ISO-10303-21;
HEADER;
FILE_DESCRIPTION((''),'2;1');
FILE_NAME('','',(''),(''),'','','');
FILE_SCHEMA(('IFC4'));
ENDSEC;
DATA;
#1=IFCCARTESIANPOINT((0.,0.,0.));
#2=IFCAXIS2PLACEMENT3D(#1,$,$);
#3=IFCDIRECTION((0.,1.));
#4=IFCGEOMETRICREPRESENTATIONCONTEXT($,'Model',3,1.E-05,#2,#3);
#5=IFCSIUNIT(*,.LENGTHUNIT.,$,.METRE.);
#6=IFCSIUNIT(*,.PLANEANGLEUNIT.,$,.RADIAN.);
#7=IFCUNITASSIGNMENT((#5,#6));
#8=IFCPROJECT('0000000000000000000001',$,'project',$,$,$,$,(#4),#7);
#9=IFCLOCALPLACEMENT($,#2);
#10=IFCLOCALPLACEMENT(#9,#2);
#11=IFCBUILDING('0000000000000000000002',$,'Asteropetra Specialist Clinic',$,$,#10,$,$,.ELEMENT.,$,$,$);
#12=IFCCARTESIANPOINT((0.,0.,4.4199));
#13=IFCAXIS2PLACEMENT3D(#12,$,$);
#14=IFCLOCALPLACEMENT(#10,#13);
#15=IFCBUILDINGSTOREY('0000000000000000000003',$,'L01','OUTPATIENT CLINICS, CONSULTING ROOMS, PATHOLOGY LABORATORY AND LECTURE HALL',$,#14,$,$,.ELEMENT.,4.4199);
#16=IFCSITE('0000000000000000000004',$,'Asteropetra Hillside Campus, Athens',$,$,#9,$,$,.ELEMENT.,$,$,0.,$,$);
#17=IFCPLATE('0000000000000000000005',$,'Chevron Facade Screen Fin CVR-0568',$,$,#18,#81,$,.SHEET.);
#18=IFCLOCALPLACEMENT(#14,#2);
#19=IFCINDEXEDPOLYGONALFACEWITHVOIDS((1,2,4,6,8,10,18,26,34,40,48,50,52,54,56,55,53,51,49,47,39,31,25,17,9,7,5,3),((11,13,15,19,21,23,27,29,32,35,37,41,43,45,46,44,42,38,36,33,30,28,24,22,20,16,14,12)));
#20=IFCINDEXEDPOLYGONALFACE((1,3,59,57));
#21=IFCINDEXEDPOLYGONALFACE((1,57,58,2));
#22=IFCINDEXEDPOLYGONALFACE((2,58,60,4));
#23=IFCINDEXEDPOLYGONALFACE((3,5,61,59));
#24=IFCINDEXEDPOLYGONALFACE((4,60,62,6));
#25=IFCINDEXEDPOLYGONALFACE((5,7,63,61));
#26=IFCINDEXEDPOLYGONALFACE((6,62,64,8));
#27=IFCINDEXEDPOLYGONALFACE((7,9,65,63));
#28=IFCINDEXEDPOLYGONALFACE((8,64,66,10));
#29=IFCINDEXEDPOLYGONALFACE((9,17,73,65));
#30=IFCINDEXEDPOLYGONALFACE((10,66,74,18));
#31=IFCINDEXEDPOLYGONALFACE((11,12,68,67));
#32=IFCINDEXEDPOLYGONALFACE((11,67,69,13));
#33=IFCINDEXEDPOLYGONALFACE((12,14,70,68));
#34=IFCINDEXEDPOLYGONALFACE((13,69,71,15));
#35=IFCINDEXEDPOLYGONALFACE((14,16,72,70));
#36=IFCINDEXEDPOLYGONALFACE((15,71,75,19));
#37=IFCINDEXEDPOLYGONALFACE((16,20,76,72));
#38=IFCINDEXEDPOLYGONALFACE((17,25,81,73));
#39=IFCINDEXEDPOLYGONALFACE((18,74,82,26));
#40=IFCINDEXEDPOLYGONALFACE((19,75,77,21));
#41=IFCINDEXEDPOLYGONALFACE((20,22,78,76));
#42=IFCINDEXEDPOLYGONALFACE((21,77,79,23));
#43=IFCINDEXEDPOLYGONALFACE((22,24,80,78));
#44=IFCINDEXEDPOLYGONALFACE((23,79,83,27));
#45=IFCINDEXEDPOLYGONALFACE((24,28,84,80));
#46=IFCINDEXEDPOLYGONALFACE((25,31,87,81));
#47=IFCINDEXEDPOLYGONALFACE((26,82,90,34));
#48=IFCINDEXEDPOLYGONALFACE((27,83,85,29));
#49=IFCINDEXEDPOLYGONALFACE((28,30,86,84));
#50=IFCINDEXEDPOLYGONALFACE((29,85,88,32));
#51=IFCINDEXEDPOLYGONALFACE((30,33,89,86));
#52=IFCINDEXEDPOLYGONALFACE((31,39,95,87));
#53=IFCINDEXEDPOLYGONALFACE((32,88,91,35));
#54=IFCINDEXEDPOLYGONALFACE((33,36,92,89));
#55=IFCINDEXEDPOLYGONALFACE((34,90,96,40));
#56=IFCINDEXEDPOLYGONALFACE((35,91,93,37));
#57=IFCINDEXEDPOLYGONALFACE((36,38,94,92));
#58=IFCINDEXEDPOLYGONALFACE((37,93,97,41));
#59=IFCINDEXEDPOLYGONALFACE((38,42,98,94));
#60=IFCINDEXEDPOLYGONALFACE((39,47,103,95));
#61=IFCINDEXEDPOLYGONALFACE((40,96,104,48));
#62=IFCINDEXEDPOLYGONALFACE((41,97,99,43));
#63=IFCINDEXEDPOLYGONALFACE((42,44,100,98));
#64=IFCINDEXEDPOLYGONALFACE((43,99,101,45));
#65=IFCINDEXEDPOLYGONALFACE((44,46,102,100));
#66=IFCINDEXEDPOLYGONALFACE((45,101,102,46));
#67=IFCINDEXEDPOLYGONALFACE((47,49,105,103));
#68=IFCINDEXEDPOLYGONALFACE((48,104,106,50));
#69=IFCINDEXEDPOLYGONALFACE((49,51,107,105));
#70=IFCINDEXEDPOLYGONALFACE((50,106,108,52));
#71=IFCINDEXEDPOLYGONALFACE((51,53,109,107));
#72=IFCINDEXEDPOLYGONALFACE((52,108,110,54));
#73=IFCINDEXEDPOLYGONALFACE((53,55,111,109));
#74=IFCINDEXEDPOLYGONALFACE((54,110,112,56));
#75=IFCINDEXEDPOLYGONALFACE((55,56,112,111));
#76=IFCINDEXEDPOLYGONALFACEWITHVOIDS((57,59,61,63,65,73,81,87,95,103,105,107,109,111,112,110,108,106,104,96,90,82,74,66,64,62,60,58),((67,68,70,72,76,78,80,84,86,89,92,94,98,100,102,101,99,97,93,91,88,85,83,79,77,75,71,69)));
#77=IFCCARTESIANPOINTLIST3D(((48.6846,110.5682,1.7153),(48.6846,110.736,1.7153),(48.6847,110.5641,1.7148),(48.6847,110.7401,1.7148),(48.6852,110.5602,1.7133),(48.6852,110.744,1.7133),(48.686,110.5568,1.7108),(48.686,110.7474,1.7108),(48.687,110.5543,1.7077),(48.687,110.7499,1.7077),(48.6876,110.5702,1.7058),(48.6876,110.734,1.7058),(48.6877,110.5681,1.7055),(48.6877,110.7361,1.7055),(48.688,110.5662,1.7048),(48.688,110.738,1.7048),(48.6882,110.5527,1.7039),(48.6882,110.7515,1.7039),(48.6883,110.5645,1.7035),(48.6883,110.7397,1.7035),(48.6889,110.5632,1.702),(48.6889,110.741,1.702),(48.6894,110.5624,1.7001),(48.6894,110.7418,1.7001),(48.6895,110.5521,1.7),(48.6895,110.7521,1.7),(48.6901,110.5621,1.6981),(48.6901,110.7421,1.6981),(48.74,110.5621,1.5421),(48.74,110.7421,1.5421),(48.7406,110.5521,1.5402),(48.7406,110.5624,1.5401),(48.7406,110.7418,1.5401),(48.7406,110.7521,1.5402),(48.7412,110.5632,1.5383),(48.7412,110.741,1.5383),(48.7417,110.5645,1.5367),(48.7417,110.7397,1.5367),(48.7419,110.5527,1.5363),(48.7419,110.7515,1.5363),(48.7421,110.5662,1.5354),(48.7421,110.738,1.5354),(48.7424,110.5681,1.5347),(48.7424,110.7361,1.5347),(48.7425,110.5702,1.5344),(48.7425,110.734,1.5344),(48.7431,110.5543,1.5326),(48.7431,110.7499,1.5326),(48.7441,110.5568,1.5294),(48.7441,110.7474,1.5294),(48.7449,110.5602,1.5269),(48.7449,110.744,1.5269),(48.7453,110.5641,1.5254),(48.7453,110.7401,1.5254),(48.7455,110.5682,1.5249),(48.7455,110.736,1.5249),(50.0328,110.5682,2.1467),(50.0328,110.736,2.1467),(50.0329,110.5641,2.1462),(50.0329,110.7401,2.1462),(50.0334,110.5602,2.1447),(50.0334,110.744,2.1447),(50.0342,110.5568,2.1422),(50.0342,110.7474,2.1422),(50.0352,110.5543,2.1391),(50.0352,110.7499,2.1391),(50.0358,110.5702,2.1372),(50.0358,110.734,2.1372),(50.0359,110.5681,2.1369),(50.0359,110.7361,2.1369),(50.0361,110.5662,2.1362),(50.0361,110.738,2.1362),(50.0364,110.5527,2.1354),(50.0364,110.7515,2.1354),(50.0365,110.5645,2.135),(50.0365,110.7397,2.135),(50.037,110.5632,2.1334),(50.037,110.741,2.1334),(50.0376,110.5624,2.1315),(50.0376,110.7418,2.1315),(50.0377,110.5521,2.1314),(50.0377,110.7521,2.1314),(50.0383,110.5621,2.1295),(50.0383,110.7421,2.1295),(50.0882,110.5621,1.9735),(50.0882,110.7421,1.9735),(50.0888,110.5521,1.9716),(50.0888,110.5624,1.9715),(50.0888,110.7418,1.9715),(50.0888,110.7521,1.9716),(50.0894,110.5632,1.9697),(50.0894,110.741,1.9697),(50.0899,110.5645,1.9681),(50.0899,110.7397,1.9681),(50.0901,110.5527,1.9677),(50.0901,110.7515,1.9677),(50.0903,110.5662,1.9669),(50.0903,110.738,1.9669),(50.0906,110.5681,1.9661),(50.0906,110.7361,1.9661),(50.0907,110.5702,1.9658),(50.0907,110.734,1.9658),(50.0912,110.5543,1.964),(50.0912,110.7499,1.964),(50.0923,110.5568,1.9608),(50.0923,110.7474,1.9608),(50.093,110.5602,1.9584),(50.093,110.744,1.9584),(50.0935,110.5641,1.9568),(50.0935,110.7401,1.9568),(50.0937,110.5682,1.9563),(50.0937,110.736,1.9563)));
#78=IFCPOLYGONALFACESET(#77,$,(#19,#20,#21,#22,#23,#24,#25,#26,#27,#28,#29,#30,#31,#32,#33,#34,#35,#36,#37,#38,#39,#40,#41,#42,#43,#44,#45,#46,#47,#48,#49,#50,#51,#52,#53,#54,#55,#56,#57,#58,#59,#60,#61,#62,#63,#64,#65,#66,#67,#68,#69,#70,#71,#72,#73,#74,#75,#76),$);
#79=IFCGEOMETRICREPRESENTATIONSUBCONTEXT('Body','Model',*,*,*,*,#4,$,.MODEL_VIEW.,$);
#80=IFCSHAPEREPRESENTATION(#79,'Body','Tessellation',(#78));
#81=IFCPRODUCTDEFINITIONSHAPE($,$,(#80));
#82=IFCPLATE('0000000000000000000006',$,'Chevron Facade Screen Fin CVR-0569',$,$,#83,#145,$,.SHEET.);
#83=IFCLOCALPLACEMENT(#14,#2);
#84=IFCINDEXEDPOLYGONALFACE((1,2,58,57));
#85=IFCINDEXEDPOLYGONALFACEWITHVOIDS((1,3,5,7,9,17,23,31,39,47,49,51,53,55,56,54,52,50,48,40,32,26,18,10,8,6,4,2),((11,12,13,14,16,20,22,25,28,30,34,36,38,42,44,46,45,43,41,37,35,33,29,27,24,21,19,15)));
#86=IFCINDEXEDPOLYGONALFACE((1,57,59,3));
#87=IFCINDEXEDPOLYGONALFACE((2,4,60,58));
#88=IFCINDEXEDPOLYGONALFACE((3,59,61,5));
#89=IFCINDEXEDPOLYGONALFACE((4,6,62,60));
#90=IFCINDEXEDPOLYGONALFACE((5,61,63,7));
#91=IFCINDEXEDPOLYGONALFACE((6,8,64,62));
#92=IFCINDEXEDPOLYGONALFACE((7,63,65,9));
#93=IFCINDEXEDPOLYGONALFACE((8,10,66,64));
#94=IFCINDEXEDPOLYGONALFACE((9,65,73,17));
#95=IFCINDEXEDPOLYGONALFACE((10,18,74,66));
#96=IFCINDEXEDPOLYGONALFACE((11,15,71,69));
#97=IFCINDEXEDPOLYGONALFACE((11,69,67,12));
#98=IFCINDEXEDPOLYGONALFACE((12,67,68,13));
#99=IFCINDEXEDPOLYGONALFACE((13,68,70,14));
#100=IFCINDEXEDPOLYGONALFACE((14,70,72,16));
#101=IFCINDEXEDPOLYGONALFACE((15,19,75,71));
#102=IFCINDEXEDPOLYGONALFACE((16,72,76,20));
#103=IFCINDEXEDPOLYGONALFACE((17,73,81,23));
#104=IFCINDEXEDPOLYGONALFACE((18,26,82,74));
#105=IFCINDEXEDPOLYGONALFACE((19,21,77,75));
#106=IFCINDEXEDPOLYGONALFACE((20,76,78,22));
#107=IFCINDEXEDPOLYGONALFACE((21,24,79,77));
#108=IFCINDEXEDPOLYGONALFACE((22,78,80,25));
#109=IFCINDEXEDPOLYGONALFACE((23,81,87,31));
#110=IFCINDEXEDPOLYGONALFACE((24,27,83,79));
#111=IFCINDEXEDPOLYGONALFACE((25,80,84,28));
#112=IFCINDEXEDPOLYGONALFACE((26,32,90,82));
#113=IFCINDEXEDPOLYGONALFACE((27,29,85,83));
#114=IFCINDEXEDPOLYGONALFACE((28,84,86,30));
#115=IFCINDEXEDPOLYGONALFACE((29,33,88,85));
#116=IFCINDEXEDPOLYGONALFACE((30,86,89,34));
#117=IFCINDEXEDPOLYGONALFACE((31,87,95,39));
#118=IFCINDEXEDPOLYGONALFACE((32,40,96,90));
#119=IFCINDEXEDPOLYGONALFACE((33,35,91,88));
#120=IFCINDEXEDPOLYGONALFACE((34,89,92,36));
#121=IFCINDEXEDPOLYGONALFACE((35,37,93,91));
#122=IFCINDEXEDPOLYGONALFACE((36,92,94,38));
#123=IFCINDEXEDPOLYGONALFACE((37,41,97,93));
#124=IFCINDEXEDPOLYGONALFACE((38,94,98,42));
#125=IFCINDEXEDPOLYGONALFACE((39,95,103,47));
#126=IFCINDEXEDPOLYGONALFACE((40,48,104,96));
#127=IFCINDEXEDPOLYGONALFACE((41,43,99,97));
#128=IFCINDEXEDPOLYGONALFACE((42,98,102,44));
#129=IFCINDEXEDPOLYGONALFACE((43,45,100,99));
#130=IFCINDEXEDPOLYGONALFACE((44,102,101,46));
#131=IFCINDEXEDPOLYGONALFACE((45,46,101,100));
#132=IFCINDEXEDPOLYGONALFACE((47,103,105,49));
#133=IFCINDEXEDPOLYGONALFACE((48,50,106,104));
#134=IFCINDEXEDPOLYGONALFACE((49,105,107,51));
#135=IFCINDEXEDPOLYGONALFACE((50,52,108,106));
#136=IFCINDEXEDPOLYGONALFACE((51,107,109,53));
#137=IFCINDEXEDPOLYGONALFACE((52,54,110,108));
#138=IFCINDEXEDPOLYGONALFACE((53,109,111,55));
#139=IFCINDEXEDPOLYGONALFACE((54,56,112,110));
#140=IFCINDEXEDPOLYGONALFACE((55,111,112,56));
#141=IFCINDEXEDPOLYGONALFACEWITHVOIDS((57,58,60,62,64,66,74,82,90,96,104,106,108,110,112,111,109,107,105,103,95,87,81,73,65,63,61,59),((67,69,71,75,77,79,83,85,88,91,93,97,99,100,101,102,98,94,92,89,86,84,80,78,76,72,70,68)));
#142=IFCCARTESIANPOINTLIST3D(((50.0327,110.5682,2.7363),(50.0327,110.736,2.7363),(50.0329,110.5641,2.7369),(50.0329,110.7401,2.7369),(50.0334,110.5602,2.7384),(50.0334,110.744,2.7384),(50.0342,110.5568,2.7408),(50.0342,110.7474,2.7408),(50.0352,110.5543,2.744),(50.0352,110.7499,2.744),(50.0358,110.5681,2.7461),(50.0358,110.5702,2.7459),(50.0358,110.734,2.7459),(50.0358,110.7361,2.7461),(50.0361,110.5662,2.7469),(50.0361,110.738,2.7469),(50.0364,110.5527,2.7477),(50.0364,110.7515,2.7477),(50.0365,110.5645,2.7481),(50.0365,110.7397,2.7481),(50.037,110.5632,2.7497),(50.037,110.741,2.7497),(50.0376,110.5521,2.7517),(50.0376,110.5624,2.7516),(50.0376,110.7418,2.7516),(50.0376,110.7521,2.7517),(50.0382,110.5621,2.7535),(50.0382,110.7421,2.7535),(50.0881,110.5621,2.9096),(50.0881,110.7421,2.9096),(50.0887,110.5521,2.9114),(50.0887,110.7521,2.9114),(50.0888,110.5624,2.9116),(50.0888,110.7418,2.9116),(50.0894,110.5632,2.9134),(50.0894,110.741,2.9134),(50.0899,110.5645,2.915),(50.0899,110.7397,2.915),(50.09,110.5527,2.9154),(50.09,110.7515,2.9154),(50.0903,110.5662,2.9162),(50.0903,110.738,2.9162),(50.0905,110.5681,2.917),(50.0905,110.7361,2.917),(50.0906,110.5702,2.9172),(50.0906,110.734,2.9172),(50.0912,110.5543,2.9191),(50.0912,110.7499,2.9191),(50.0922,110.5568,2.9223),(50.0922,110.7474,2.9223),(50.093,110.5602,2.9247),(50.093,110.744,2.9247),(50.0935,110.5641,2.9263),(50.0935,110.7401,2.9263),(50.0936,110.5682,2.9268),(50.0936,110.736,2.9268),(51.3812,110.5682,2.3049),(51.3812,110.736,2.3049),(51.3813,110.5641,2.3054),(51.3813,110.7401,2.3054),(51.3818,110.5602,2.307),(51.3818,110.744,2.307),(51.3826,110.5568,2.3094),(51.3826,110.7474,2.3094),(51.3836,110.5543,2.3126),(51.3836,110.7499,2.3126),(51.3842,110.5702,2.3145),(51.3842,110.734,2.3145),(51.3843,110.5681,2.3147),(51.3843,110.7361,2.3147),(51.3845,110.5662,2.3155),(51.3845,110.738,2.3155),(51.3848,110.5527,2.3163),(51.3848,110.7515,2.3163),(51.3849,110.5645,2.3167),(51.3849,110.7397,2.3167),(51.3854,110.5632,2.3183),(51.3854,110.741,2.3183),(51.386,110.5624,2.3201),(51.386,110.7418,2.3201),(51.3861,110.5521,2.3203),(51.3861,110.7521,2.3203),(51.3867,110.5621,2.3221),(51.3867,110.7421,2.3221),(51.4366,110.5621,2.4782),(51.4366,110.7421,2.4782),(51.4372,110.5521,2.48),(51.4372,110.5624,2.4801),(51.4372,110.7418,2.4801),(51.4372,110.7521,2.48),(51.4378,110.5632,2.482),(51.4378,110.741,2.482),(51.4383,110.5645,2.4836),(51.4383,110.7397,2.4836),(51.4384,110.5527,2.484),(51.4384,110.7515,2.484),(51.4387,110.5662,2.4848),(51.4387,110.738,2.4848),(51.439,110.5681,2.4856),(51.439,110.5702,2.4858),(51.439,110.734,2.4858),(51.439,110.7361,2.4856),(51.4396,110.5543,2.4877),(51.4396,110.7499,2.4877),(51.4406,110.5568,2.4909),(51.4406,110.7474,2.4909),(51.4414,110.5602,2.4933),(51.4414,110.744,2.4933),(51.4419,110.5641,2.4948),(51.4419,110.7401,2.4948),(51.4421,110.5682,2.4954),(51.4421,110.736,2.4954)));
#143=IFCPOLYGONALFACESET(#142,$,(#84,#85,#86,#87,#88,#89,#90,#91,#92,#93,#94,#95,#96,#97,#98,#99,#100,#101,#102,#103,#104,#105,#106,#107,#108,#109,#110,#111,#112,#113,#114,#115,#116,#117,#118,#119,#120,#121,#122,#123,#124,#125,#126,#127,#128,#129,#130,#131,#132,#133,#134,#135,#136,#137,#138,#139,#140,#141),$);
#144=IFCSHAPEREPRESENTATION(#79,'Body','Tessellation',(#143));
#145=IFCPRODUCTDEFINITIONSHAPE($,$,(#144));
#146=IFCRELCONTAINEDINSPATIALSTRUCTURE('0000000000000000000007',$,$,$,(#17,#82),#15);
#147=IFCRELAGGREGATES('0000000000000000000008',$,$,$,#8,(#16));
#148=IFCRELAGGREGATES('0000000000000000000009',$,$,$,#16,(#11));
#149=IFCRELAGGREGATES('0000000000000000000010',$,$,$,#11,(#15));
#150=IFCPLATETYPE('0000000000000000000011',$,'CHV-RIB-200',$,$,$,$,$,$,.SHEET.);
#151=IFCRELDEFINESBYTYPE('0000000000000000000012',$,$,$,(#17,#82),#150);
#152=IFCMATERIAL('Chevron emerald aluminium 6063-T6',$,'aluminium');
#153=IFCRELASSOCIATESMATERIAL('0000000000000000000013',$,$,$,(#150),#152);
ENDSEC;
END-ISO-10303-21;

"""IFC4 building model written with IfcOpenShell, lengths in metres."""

from ifc_helpers import new_model, si_unit, direction, frame, origin, origin_2d, place, context, subcontext, project, spatial, hollow_rectangle, extrude, material, material_profile, profile_set, type_object, element, save


model = new_model("IFC4")

# Units and contexts
model_context = context("Model", 3, precision=1e-05, world=origin(), true_north=direction((0.0, 1.0)))
body_context = subcontext(model_context, "Body", "Model", "MODEL_VIEW")
ifc_project = project(units=[si_unit("LENGTHUNIT", "METRE"), si_unit("PLANEANGLEUNIT", "RADIAN")], contexts=[model_context])

# Site, building, storey
site_placement = place(None, origin())
site = spatial("IfcSite", under=ifc_project, at=site_placement, Name="Asteropetra Hillside Campus, Athens", CompositionType="ELEMENT", RefElevation=0.0)
building_placement = place(site_placement, origin())
building = spatial("IfcBuilding", under=site, at=building_placement, Name="Asteropetra Specialist Clinic", CompositionType="ELEMENT")
storey_placement = place(building_placement, frame((0.0, 0.0, 4.4199)))
storey = spatial("IfcBuildingStorey", under=building, at=storey_placement, Name="L01", Description="OUTPATIENT CLINICS, CONSULTING ROOMS, PATHOLOGY LABORATORY AND LECTURE HALL", CompositionType="ELEMENT", Elevation=4.4199)

# Plates
ifc_material_1 = material(Name="Chevron emerald aluminium 6063-T6", Category="aluminium")
ifc_material_profile = material_profile(ifc_material_1, hollow_rectangle(XDim=0.2, YDim=0.2, WallThickness=0.01, InnerFilletRadius=0.0081, OuterFilletRadius=0.0161, at=origin_2d()), Name="SHS 200x200x10.0")
ifc_profile_set = profile_set([ifc_material_profile], Name="Chevron emerald aluminium 6063-T6")
plate_type_1 = type_object("IfcPlateType", Name="CHV-RIB-200", PredefinedType="SHEET", material=ifc_profile_set)
plate_1_placement = place(storey_placement, frame((50.0632, 110.6521, 2.0515), z_axis=(-0.952426, 0.0, -0.304769), x_axis=(0.0, -1.0, 0.0)))
element("IfcPlate", 1, at=plate_1_placement, inside=storey, type_object=plate_type_1, Name="Chevron Facade Screen Fin CVR-0568", PredefinedType="SHEET", context=body_context, shape_type="SweptSolid", body=[
    extrude(hollow_rectangle(XDim=0.2, YDim=0.2, WallThickness=0.01, InnerFilletRadius=0.0081, OuterFilletRadius=0.0161, at=origin_2d()), origin(), (0.0, 0.0, 1.0), 1.4155),
])
plate_2_placement = place(storey_placement, frame((51.4116, 110.6521, 2.4001), z_axis=(-0.952442, 0.0, 0.304719), x_axis=(0.0, -1.0, 0.0)))
element("IfcPlate", 2, at=plate_2_placement, inside=storey, type_object=plate_type_1, Name="Chevron Facade Screen Fin CVR-0569", PredefinedType="SHEET", context=body_context, shape_type="SweptSolid", body=[
    extrude(hollow_rectangle(XDim=0.2, YDim=0.2, WallThickness=0.01, InnerFilletRadius=0.0081, OuterFilletRadius=0.0161, at=origin_2d()), origin(), (0.0, 0.0, 1.0), 1.4158),
])

save(model, "model.ifc")
